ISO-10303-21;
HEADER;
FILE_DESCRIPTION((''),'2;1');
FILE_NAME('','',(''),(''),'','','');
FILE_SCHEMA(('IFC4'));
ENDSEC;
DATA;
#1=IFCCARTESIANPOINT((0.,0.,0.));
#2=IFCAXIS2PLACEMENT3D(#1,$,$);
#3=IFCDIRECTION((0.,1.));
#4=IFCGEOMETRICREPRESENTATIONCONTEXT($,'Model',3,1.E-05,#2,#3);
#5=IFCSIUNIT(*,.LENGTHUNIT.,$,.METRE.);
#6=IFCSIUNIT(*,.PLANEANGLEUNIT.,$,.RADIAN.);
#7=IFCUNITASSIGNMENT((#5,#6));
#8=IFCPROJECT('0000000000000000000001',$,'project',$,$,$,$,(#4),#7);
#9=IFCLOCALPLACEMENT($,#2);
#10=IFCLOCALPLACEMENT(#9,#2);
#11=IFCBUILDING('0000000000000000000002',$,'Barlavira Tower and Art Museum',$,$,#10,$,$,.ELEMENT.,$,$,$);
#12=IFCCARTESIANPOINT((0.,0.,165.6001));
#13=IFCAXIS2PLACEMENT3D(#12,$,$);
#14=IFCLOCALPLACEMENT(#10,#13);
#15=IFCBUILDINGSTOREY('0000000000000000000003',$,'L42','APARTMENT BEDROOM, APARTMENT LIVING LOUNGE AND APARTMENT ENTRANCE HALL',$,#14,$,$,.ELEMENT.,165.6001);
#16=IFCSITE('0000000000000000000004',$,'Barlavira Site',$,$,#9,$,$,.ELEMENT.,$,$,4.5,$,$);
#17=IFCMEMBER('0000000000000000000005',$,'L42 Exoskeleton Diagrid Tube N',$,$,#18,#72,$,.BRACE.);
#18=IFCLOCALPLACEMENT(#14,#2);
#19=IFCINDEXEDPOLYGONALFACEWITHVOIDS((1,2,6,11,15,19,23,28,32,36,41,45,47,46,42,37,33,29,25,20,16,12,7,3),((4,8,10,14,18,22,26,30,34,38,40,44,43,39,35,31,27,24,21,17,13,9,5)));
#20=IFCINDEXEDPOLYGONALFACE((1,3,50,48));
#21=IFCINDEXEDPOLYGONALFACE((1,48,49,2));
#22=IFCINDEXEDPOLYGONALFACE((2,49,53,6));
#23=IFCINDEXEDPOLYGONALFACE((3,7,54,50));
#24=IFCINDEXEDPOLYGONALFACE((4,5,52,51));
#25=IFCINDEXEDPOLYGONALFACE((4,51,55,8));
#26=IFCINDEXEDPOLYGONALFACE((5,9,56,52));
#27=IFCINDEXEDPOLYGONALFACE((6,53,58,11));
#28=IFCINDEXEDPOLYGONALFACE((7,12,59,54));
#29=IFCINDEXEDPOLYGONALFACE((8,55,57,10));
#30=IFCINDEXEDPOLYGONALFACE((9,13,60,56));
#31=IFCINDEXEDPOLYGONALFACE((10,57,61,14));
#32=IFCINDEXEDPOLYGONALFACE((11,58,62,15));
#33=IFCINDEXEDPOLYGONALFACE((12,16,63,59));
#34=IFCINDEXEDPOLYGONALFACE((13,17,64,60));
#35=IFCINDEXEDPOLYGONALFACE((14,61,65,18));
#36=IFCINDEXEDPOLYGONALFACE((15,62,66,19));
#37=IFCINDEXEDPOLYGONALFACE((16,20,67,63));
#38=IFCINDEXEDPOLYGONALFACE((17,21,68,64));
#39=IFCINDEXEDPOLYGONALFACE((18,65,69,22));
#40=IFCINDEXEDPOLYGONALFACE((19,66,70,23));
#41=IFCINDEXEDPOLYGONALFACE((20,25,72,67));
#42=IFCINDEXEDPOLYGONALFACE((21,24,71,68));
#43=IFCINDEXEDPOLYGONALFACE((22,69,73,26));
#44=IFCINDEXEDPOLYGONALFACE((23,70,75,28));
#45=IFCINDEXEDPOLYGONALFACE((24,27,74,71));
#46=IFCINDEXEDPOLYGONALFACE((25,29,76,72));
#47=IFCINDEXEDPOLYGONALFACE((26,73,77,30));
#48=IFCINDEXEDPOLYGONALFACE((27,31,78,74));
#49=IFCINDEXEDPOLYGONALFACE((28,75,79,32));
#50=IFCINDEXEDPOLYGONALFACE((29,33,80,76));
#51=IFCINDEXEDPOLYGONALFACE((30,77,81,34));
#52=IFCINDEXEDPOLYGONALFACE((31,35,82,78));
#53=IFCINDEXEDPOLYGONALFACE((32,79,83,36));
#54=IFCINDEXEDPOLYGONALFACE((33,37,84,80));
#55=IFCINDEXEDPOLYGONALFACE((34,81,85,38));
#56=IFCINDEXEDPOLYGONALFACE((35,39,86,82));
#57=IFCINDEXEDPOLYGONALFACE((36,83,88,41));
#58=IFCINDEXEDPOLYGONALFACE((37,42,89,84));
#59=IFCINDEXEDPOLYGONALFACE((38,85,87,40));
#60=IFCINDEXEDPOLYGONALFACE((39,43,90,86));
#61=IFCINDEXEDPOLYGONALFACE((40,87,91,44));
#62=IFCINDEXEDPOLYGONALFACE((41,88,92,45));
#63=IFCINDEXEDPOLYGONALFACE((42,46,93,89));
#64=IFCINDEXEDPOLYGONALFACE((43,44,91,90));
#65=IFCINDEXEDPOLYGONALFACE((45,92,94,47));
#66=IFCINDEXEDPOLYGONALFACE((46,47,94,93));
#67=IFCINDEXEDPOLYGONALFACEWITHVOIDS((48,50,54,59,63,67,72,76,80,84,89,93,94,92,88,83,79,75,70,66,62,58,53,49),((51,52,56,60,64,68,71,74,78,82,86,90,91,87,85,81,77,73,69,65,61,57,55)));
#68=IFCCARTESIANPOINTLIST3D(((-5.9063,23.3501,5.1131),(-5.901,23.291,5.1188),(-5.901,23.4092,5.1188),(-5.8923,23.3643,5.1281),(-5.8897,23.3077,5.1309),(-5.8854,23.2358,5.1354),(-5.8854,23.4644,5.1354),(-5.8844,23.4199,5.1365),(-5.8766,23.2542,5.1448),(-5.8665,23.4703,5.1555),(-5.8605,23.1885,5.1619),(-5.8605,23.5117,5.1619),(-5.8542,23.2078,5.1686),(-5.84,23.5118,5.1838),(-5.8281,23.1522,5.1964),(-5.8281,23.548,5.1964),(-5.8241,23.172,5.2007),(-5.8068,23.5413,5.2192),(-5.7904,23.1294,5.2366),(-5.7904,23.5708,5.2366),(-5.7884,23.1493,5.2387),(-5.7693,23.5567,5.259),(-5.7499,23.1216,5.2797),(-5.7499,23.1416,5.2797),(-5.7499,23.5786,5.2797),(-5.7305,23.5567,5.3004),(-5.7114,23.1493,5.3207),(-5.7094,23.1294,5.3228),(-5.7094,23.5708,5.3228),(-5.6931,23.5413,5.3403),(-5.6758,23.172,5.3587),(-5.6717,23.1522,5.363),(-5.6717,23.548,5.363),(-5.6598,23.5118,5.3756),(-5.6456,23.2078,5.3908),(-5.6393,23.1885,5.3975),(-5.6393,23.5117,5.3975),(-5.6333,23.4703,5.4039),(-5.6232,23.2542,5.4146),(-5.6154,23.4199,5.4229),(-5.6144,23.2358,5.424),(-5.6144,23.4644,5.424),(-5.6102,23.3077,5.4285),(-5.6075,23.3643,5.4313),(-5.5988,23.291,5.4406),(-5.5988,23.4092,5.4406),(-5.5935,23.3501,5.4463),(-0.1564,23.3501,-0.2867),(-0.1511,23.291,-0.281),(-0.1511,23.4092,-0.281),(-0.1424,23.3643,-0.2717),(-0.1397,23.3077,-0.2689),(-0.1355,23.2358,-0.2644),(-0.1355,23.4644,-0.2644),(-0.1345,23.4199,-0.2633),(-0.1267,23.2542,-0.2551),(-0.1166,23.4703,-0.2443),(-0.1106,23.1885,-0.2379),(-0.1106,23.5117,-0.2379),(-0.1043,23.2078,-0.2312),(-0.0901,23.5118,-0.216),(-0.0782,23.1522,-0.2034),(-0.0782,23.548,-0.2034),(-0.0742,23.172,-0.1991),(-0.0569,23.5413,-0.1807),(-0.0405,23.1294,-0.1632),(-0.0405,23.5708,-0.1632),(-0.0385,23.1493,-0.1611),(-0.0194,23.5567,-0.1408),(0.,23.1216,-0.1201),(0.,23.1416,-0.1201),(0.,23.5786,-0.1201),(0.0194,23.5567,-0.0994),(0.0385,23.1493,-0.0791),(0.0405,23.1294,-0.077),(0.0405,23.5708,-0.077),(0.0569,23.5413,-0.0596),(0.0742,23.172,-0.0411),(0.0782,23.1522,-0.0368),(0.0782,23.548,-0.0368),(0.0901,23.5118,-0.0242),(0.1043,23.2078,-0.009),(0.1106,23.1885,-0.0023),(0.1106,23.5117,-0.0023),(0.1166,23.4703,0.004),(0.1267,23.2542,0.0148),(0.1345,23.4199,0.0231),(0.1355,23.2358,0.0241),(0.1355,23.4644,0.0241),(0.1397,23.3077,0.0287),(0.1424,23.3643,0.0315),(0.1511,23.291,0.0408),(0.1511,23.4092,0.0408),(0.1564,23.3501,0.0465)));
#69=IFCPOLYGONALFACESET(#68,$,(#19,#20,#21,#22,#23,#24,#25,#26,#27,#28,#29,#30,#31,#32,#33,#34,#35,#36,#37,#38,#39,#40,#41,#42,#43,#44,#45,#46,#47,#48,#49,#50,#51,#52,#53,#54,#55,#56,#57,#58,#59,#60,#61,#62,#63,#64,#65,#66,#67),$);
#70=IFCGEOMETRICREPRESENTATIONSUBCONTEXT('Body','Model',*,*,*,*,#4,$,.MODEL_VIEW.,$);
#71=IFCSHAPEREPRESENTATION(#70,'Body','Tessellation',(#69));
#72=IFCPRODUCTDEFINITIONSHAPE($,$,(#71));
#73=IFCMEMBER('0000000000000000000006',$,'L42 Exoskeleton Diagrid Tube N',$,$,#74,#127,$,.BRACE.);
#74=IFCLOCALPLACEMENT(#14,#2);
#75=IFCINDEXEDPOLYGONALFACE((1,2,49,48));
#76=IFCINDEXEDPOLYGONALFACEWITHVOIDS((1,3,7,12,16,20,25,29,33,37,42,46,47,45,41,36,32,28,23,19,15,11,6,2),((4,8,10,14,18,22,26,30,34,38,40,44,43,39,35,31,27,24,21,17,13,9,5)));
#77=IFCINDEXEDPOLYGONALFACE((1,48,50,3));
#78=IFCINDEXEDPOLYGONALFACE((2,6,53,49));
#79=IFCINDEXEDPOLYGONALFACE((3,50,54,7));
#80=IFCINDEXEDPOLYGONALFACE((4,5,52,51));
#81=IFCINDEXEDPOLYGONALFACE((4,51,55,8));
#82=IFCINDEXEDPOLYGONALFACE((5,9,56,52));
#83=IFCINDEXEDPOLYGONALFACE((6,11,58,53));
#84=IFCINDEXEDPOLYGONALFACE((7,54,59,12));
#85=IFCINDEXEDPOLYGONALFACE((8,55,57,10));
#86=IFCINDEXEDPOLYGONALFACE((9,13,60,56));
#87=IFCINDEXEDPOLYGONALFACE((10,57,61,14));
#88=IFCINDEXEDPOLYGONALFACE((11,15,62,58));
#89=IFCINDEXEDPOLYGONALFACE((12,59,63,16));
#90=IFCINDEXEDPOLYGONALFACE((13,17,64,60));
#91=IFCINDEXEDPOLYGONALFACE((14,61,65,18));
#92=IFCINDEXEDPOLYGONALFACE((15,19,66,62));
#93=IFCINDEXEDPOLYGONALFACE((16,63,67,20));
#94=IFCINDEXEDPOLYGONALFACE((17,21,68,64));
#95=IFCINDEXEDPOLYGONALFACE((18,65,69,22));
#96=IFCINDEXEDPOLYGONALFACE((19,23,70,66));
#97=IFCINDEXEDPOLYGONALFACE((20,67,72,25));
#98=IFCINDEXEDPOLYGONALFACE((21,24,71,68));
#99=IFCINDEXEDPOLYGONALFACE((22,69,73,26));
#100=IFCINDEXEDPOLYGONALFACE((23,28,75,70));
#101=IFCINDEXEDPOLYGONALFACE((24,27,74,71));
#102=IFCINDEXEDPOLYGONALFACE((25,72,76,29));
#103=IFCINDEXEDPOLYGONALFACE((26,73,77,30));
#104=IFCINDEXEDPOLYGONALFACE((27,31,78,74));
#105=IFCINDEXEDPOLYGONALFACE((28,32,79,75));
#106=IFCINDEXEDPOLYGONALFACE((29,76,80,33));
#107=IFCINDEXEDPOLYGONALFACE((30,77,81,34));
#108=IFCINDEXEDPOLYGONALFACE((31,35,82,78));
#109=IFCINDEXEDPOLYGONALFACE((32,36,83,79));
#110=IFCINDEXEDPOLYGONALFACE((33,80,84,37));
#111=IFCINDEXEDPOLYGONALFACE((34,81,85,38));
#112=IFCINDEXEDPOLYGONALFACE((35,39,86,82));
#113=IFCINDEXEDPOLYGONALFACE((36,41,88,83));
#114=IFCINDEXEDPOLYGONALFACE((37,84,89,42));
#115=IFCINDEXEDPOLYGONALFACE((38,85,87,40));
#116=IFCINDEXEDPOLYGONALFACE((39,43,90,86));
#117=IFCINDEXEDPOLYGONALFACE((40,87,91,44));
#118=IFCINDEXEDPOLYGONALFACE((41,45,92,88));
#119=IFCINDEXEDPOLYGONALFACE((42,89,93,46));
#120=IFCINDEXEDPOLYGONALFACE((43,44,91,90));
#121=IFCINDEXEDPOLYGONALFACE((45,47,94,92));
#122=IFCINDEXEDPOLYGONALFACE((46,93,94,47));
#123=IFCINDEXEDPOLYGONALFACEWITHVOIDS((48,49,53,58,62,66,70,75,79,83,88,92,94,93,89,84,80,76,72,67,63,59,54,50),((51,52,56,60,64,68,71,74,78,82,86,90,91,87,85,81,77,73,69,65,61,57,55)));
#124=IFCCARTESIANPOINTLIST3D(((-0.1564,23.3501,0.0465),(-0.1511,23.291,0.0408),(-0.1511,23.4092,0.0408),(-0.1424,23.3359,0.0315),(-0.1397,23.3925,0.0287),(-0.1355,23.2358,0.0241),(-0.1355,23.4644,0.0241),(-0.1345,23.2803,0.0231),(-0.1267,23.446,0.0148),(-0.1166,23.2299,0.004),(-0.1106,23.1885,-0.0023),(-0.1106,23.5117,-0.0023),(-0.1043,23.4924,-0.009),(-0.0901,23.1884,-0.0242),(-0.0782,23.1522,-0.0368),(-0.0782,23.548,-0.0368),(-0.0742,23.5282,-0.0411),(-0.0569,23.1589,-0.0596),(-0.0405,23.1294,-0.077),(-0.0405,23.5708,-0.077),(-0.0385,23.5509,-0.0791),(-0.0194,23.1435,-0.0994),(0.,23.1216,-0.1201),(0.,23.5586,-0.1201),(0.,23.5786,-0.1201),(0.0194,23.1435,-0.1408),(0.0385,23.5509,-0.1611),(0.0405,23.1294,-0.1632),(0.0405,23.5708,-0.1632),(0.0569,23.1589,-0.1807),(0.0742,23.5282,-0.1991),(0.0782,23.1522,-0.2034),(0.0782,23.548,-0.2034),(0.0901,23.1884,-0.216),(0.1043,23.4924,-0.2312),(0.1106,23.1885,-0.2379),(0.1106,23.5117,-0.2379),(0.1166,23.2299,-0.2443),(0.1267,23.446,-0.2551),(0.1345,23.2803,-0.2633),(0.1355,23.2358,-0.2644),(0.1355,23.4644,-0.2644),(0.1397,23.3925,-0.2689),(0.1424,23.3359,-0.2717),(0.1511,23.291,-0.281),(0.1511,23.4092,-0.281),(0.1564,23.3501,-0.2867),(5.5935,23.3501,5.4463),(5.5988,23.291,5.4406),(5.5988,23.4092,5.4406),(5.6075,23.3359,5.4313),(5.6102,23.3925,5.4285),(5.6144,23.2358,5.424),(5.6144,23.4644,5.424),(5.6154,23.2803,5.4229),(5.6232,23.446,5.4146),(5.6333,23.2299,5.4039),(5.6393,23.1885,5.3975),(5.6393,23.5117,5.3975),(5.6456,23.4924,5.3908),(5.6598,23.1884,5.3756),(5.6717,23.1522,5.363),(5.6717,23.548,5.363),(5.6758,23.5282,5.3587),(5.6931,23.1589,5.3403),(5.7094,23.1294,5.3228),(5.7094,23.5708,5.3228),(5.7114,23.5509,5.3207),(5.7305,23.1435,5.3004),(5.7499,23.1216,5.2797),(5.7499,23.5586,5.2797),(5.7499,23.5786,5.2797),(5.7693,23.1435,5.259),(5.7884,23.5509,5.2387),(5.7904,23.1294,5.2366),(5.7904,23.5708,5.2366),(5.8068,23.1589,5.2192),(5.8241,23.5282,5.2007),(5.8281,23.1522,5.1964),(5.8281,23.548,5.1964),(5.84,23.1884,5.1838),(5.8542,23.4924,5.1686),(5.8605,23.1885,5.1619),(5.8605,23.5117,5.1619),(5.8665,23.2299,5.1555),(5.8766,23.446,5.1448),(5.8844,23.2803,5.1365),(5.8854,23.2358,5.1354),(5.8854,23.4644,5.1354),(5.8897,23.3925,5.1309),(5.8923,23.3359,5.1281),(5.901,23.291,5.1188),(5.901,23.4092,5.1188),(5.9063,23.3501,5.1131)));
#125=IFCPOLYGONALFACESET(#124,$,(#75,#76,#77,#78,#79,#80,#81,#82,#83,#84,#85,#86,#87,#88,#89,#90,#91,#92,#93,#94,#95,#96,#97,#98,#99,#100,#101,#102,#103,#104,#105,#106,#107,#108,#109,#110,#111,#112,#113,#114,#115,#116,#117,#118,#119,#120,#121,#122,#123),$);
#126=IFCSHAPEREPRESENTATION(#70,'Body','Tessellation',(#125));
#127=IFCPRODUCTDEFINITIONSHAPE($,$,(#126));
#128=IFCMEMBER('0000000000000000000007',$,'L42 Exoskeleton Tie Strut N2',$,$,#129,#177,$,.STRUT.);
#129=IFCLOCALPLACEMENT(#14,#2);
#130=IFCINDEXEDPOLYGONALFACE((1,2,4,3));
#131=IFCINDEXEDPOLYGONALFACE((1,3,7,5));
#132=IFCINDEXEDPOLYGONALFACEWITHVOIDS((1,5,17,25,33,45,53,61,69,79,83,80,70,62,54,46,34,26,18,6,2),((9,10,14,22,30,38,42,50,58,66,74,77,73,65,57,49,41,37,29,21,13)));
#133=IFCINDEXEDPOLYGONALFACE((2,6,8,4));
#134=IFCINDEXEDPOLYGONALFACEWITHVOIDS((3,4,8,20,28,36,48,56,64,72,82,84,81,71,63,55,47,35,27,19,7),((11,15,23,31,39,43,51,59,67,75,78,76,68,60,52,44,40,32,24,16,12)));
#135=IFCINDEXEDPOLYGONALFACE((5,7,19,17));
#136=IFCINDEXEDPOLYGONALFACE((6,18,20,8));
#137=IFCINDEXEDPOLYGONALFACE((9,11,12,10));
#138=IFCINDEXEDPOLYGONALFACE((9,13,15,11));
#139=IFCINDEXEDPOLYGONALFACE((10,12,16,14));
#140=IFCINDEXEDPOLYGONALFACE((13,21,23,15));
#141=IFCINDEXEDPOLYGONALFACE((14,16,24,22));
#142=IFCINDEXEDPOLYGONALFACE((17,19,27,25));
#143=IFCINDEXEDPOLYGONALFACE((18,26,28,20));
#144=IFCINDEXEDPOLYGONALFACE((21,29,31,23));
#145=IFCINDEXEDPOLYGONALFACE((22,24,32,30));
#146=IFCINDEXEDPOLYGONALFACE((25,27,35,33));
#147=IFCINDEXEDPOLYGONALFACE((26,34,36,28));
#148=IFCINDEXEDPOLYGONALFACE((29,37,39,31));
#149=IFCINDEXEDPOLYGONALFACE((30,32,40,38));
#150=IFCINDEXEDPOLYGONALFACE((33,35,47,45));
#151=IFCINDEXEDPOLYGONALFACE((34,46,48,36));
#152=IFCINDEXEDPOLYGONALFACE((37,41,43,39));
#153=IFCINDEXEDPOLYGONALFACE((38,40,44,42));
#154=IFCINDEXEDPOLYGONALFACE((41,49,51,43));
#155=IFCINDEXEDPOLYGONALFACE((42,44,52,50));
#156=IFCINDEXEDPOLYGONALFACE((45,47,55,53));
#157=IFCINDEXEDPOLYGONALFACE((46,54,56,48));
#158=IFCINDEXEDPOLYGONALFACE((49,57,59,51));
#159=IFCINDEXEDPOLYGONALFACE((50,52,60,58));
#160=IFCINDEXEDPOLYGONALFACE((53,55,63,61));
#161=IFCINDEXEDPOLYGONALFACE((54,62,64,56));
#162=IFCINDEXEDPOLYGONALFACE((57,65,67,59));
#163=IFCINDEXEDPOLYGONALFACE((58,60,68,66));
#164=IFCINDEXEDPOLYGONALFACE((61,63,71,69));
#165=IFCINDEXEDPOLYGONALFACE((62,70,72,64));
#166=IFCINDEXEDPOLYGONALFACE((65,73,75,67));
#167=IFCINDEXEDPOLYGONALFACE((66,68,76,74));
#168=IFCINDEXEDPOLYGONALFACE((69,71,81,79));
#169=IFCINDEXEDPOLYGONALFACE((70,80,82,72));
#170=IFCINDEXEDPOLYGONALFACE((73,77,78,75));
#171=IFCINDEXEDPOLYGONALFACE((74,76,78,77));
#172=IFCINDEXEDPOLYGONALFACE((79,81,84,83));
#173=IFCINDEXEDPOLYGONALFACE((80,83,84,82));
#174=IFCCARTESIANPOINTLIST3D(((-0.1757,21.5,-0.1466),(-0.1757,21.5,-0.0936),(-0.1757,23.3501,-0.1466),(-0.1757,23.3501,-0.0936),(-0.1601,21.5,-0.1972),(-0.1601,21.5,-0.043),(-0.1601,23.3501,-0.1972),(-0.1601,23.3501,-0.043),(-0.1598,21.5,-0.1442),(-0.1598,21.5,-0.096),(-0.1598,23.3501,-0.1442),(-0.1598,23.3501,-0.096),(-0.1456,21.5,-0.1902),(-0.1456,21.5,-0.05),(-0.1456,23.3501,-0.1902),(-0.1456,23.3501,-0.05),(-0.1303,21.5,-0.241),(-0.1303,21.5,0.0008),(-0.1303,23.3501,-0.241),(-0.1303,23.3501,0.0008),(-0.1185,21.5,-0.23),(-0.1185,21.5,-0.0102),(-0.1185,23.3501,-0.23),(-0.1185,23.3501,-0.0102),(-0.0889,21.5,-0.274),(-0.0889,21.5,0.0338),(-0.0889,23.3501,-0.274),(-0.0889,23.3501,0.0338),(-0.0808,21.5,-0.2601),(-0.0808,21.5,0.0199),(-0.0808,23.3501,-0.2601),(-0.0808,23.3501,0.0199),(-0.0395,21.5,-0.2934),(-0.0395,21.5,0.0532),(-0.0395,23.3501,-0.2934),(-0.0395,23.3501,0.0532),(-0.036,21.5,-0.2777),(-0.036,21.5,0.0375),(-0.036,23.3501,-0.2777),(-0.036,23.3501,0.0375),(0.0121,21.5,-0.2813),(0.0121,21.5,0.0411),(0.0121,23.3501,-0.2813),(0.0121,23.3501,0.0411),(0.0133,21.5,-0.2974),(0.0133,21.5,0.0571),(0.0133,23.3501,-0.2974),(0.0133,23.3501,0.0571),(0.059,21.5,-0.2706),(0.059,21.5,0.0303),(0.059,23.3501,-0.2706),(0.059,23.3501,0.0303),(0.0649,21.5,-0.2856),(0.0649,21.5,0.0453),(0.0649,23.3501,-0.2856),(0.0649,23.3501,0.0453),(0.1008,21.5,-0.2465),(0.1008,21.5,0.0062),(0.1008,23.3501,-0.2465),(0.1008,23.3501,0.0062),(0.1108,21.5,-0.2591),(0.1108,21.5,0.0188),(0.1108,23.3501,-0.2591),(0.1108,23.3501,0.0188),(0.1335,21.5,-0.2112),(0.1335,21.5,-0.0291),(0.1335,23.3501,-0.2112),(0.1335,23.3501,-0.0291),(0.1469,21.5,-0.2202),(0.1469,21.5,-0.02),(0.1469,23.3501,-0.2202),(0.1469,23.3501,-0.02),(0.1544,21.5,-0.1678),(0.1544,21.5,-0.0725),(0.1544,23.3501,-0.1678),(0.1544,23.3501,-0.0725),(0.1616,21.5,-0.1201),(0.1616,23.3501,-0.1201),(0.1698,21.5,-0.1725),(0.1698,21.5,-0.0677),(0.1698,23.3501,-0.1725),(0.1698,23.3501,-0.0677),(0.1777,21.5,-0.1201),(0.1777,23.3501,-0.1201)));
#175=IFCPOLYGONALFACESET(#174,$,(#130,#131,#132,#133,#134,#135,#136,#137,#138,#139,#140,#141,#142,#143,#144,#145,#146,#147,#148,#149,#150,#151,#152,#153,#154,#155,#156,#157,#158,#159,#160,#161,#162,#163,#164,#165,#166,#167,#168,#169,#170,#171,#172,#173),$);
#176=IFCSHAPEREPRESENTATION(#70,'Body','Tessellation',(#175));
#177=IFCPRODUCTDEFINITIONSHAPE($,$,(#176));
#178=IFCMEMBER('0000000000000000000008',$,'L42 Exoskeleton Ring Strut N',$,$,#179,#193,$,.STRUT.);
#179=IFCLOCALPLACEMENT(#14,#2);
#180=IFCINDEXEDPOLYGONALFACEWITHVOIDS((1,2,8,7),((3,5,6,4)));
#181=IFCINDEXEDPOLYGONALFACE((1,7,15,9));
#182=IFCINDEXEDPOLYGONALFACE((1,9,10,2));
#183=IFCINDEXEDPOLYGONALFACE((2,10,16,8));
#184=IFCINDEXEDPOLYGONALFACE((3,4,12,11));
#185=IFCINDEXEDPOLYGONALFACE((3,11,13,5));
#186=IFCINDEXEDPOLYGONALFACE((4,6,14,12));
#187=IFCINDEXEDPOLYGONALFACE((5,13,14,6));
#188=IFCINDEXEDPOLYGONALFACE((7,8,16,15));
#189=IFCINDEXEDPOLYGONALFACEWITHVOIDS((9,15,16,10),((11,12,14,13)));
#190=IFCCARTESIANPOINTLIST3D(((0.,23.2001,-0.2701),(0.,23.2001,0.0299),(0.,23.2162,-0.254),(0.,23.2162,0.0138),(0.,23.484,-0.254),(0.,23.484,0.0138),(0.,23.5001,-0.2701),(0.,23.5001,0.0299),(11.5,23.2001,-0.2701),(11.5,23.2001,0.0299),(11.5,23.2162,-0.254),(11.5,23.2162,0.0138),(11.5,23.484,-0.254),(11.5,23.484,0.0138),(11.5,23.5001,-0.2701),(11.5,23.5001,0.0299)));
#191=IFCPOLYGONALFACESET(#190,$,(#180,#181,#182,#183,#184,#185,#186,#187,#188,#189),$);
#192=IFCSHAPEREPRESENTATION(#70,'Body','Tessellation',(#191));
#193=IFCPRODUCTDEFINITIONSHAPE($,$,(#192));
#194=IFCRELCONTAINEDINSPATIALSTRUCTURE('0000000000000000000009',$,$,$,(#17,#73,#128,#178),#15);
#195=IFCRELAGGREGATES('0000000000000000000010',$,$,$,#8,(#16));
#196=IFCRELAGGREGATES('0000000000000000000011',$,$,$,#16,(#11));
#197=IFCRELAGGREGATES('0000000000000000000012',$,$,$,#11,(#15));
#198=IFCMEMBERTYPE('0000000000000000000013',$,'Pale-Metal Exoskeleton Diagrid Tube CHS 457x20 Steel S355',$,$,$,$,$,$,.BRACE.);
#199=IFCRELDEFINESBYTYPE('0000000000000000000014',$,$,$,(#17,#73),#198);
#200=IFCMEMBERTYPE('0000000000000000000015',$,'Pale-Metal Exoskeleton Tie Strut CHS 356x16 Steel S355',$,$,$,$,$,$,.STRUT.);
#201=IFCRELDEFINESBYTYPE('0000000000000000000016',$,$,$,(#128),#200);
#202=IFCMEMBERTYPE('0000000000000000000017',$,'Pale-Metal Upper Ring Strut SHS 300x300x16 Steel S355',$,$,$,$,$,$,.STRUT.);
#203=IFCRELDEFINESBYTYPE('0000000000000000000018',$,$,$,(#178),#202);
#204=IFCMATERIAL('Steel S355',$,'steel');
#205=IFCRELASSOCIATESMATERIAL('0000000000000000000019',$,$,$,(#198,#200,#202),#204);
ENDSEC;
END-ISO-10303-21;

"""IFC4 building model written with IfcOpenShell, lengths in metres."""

from ifc_helpers import new_model, si_unit, direction, frame, origin, origin_2d, place, context, subcontext, project, spatial, hollow_rectangle, hollow_circle, extrude, material, material_profile, profile_set, type_object, element, save


model = new_model("IFC4")

# Units and contexts
model_context = context("Model", 3, precision=1e-05, world=origin(), true_north=direction((0.0, 1.0)))
body_context = subcontext(model_context, "Body", "Model", "MODEL_VIEW")
ifc_project = project(units=[si_unit("LENGTHUNIT", "METRE"), si_unit("PLANEANGLEUNIT", "RADIAN")], contexts=[model_context])

# Site, building, storey
site_placement = place(None, origin())
site = spatial("IfcSite", under=ifc_project, at=site_placement, Name="Barlavira Site", CompositionType="ELEMENT", RefElevation=4.5)
building_placement = place(site_placement, origin())
building = spatial("IfcBuilding", under=site, at=building_placement, Name="Barlavira Tower and Art Museum", CompositionType="ELEMENT")
storey_placement = place(building_placement, frame((0.0, 0.0, 165.6001)))
storey = spatial("IfcBuildingStorey", under=building, at=storey_placement, Name="L42", Description="APARTMENT BEDROOM, APARTMENT LIVING LOUNGE AND APARTMENT ENTRANCE HALL", CompositionType="ELEMENT", Elevation=165.6001)

# Members
ifc_material_1 = material(Name="Steel S355", Category="steel")
ifc_material_profile_1 = material_profile(ifc_material_1, hollow_circle(Radius=0.2285, WallThickness=0.02, at=origin_2d()), Name="CHS 457.0x20.0")
ifc_profile_set_1 = profile_set([ifc_material_profile_1], Name="Steel S355")
member_type_1 = type_object("IfcMemberType", Name="Pale-Metal Exoskeleton Diagrid Tube CHS 457x20 Steel S355", PredefinedType="BRACE", material=ifc_profile_set_1)
for number, where, z_axis, x_axis, name in (
    (1, (0.0, 23.3501, -0.1201), (-0.72895, 0.0, 0.684567), (0.0, -1.0, 0.0), "L42 Exoskeleton Diagrid Tube N"),
    (2, (0.0, 23.3501, -0.1201), (0.72895, 0.0, 0.684567), (0.0, 1.0, 0.0), "L42 Exoskeleton Diagrid Tube N"),
):
    element("IfcMember", number, at=place(storey_placement, frame(where, z_axis=z_axis, x_axis=x_axis)), inside=storey, type_object=member_type_1, Name=name, PredefinedType="BRACE", context=body_context, shape_type="SweptSolid", body=[
        extrude(hollow_circle(Radius=0.2285, WallThickness=0.02, at=origin_2d()), origin(), (0.0, 0.0, 1.0), 7.8879),
    ])
ifc_material_profile_2 = material_profile(ifc_material_1, hollow_circle(Radius=0.1777, WallThickness=0.0161, at=origin_2d()), Name="CHS 355.6x16.0")
ifc_profile_set_2 = profile_set([ifc_material_profile_2], Name="Steel S355")
member_type_2 = type_object("IfcMemberType", Name="Pale-Metal Exoskeleton Tie Strut CHS 356x16 Steel S355", PredefinedType="STRUT", material=ifc_profile_set_2)
member_1_placement = place(storey_placement, frame((0.0, 23.3501, -0.1201), z_axis=(0.0, -1.0, 0.0), x_axis=(1.0, 0.0, 0.0)))
element("IfcMember", 3, at=member_1_placement, inside=storey, type_object=member_type_2, Name="L42 Exoskeleton Tie Strut N2", PredefinedType="STRUT", context=body_context, shape_type="SweptSolid", body=[
    extrude(hollow_circle(Radius=0.1777, WallThickness=0.0161, at=origin_2d()), origin(), (0.0, 0.0, 1.0), 1.8501),
])
ifc_material_profile_3 = material_profile(ifc_material_1, hollow_rectangle(XDim=0.3, YDim=0.3, WallThickness=0.0161, at=origin_2d()), Name="SHS 300x300x16.0")
ifc_profile_set_3 = profile_set([ifc_material_profile_3], Name="Steel S355")
member_type_3 = type_object("IfcMemberType", Name="Pale-Metal Upper Ring Strut SHS 300x300x16 Steel S355", PredefinedType="STRUT", material=ifc_profile_set_3)
member_2_placement = place(storey_placement, frame((0.0, 23.3501, -0.1201), z_axis=(1.0, 0.0, 0.0), x_axis=(0.0, 1.0, 0.0)))
element("IfcMember", 4, at=member_2_placement, inside=storey, type_object=member_type_3, Name="L42 Exoskeleton Ring Strut N", PredefinedType="STRUT", context=body_context, shape_type="SweptSolid", body=[
    extrude(hollow_rectangle(XDim=0.3, YDim=0.3, WallThickness=0.0161, at=origin_2d()), origin(), (0.0, 0.0, 1.0), 11.5),
])

save(model, "model.ifc")
